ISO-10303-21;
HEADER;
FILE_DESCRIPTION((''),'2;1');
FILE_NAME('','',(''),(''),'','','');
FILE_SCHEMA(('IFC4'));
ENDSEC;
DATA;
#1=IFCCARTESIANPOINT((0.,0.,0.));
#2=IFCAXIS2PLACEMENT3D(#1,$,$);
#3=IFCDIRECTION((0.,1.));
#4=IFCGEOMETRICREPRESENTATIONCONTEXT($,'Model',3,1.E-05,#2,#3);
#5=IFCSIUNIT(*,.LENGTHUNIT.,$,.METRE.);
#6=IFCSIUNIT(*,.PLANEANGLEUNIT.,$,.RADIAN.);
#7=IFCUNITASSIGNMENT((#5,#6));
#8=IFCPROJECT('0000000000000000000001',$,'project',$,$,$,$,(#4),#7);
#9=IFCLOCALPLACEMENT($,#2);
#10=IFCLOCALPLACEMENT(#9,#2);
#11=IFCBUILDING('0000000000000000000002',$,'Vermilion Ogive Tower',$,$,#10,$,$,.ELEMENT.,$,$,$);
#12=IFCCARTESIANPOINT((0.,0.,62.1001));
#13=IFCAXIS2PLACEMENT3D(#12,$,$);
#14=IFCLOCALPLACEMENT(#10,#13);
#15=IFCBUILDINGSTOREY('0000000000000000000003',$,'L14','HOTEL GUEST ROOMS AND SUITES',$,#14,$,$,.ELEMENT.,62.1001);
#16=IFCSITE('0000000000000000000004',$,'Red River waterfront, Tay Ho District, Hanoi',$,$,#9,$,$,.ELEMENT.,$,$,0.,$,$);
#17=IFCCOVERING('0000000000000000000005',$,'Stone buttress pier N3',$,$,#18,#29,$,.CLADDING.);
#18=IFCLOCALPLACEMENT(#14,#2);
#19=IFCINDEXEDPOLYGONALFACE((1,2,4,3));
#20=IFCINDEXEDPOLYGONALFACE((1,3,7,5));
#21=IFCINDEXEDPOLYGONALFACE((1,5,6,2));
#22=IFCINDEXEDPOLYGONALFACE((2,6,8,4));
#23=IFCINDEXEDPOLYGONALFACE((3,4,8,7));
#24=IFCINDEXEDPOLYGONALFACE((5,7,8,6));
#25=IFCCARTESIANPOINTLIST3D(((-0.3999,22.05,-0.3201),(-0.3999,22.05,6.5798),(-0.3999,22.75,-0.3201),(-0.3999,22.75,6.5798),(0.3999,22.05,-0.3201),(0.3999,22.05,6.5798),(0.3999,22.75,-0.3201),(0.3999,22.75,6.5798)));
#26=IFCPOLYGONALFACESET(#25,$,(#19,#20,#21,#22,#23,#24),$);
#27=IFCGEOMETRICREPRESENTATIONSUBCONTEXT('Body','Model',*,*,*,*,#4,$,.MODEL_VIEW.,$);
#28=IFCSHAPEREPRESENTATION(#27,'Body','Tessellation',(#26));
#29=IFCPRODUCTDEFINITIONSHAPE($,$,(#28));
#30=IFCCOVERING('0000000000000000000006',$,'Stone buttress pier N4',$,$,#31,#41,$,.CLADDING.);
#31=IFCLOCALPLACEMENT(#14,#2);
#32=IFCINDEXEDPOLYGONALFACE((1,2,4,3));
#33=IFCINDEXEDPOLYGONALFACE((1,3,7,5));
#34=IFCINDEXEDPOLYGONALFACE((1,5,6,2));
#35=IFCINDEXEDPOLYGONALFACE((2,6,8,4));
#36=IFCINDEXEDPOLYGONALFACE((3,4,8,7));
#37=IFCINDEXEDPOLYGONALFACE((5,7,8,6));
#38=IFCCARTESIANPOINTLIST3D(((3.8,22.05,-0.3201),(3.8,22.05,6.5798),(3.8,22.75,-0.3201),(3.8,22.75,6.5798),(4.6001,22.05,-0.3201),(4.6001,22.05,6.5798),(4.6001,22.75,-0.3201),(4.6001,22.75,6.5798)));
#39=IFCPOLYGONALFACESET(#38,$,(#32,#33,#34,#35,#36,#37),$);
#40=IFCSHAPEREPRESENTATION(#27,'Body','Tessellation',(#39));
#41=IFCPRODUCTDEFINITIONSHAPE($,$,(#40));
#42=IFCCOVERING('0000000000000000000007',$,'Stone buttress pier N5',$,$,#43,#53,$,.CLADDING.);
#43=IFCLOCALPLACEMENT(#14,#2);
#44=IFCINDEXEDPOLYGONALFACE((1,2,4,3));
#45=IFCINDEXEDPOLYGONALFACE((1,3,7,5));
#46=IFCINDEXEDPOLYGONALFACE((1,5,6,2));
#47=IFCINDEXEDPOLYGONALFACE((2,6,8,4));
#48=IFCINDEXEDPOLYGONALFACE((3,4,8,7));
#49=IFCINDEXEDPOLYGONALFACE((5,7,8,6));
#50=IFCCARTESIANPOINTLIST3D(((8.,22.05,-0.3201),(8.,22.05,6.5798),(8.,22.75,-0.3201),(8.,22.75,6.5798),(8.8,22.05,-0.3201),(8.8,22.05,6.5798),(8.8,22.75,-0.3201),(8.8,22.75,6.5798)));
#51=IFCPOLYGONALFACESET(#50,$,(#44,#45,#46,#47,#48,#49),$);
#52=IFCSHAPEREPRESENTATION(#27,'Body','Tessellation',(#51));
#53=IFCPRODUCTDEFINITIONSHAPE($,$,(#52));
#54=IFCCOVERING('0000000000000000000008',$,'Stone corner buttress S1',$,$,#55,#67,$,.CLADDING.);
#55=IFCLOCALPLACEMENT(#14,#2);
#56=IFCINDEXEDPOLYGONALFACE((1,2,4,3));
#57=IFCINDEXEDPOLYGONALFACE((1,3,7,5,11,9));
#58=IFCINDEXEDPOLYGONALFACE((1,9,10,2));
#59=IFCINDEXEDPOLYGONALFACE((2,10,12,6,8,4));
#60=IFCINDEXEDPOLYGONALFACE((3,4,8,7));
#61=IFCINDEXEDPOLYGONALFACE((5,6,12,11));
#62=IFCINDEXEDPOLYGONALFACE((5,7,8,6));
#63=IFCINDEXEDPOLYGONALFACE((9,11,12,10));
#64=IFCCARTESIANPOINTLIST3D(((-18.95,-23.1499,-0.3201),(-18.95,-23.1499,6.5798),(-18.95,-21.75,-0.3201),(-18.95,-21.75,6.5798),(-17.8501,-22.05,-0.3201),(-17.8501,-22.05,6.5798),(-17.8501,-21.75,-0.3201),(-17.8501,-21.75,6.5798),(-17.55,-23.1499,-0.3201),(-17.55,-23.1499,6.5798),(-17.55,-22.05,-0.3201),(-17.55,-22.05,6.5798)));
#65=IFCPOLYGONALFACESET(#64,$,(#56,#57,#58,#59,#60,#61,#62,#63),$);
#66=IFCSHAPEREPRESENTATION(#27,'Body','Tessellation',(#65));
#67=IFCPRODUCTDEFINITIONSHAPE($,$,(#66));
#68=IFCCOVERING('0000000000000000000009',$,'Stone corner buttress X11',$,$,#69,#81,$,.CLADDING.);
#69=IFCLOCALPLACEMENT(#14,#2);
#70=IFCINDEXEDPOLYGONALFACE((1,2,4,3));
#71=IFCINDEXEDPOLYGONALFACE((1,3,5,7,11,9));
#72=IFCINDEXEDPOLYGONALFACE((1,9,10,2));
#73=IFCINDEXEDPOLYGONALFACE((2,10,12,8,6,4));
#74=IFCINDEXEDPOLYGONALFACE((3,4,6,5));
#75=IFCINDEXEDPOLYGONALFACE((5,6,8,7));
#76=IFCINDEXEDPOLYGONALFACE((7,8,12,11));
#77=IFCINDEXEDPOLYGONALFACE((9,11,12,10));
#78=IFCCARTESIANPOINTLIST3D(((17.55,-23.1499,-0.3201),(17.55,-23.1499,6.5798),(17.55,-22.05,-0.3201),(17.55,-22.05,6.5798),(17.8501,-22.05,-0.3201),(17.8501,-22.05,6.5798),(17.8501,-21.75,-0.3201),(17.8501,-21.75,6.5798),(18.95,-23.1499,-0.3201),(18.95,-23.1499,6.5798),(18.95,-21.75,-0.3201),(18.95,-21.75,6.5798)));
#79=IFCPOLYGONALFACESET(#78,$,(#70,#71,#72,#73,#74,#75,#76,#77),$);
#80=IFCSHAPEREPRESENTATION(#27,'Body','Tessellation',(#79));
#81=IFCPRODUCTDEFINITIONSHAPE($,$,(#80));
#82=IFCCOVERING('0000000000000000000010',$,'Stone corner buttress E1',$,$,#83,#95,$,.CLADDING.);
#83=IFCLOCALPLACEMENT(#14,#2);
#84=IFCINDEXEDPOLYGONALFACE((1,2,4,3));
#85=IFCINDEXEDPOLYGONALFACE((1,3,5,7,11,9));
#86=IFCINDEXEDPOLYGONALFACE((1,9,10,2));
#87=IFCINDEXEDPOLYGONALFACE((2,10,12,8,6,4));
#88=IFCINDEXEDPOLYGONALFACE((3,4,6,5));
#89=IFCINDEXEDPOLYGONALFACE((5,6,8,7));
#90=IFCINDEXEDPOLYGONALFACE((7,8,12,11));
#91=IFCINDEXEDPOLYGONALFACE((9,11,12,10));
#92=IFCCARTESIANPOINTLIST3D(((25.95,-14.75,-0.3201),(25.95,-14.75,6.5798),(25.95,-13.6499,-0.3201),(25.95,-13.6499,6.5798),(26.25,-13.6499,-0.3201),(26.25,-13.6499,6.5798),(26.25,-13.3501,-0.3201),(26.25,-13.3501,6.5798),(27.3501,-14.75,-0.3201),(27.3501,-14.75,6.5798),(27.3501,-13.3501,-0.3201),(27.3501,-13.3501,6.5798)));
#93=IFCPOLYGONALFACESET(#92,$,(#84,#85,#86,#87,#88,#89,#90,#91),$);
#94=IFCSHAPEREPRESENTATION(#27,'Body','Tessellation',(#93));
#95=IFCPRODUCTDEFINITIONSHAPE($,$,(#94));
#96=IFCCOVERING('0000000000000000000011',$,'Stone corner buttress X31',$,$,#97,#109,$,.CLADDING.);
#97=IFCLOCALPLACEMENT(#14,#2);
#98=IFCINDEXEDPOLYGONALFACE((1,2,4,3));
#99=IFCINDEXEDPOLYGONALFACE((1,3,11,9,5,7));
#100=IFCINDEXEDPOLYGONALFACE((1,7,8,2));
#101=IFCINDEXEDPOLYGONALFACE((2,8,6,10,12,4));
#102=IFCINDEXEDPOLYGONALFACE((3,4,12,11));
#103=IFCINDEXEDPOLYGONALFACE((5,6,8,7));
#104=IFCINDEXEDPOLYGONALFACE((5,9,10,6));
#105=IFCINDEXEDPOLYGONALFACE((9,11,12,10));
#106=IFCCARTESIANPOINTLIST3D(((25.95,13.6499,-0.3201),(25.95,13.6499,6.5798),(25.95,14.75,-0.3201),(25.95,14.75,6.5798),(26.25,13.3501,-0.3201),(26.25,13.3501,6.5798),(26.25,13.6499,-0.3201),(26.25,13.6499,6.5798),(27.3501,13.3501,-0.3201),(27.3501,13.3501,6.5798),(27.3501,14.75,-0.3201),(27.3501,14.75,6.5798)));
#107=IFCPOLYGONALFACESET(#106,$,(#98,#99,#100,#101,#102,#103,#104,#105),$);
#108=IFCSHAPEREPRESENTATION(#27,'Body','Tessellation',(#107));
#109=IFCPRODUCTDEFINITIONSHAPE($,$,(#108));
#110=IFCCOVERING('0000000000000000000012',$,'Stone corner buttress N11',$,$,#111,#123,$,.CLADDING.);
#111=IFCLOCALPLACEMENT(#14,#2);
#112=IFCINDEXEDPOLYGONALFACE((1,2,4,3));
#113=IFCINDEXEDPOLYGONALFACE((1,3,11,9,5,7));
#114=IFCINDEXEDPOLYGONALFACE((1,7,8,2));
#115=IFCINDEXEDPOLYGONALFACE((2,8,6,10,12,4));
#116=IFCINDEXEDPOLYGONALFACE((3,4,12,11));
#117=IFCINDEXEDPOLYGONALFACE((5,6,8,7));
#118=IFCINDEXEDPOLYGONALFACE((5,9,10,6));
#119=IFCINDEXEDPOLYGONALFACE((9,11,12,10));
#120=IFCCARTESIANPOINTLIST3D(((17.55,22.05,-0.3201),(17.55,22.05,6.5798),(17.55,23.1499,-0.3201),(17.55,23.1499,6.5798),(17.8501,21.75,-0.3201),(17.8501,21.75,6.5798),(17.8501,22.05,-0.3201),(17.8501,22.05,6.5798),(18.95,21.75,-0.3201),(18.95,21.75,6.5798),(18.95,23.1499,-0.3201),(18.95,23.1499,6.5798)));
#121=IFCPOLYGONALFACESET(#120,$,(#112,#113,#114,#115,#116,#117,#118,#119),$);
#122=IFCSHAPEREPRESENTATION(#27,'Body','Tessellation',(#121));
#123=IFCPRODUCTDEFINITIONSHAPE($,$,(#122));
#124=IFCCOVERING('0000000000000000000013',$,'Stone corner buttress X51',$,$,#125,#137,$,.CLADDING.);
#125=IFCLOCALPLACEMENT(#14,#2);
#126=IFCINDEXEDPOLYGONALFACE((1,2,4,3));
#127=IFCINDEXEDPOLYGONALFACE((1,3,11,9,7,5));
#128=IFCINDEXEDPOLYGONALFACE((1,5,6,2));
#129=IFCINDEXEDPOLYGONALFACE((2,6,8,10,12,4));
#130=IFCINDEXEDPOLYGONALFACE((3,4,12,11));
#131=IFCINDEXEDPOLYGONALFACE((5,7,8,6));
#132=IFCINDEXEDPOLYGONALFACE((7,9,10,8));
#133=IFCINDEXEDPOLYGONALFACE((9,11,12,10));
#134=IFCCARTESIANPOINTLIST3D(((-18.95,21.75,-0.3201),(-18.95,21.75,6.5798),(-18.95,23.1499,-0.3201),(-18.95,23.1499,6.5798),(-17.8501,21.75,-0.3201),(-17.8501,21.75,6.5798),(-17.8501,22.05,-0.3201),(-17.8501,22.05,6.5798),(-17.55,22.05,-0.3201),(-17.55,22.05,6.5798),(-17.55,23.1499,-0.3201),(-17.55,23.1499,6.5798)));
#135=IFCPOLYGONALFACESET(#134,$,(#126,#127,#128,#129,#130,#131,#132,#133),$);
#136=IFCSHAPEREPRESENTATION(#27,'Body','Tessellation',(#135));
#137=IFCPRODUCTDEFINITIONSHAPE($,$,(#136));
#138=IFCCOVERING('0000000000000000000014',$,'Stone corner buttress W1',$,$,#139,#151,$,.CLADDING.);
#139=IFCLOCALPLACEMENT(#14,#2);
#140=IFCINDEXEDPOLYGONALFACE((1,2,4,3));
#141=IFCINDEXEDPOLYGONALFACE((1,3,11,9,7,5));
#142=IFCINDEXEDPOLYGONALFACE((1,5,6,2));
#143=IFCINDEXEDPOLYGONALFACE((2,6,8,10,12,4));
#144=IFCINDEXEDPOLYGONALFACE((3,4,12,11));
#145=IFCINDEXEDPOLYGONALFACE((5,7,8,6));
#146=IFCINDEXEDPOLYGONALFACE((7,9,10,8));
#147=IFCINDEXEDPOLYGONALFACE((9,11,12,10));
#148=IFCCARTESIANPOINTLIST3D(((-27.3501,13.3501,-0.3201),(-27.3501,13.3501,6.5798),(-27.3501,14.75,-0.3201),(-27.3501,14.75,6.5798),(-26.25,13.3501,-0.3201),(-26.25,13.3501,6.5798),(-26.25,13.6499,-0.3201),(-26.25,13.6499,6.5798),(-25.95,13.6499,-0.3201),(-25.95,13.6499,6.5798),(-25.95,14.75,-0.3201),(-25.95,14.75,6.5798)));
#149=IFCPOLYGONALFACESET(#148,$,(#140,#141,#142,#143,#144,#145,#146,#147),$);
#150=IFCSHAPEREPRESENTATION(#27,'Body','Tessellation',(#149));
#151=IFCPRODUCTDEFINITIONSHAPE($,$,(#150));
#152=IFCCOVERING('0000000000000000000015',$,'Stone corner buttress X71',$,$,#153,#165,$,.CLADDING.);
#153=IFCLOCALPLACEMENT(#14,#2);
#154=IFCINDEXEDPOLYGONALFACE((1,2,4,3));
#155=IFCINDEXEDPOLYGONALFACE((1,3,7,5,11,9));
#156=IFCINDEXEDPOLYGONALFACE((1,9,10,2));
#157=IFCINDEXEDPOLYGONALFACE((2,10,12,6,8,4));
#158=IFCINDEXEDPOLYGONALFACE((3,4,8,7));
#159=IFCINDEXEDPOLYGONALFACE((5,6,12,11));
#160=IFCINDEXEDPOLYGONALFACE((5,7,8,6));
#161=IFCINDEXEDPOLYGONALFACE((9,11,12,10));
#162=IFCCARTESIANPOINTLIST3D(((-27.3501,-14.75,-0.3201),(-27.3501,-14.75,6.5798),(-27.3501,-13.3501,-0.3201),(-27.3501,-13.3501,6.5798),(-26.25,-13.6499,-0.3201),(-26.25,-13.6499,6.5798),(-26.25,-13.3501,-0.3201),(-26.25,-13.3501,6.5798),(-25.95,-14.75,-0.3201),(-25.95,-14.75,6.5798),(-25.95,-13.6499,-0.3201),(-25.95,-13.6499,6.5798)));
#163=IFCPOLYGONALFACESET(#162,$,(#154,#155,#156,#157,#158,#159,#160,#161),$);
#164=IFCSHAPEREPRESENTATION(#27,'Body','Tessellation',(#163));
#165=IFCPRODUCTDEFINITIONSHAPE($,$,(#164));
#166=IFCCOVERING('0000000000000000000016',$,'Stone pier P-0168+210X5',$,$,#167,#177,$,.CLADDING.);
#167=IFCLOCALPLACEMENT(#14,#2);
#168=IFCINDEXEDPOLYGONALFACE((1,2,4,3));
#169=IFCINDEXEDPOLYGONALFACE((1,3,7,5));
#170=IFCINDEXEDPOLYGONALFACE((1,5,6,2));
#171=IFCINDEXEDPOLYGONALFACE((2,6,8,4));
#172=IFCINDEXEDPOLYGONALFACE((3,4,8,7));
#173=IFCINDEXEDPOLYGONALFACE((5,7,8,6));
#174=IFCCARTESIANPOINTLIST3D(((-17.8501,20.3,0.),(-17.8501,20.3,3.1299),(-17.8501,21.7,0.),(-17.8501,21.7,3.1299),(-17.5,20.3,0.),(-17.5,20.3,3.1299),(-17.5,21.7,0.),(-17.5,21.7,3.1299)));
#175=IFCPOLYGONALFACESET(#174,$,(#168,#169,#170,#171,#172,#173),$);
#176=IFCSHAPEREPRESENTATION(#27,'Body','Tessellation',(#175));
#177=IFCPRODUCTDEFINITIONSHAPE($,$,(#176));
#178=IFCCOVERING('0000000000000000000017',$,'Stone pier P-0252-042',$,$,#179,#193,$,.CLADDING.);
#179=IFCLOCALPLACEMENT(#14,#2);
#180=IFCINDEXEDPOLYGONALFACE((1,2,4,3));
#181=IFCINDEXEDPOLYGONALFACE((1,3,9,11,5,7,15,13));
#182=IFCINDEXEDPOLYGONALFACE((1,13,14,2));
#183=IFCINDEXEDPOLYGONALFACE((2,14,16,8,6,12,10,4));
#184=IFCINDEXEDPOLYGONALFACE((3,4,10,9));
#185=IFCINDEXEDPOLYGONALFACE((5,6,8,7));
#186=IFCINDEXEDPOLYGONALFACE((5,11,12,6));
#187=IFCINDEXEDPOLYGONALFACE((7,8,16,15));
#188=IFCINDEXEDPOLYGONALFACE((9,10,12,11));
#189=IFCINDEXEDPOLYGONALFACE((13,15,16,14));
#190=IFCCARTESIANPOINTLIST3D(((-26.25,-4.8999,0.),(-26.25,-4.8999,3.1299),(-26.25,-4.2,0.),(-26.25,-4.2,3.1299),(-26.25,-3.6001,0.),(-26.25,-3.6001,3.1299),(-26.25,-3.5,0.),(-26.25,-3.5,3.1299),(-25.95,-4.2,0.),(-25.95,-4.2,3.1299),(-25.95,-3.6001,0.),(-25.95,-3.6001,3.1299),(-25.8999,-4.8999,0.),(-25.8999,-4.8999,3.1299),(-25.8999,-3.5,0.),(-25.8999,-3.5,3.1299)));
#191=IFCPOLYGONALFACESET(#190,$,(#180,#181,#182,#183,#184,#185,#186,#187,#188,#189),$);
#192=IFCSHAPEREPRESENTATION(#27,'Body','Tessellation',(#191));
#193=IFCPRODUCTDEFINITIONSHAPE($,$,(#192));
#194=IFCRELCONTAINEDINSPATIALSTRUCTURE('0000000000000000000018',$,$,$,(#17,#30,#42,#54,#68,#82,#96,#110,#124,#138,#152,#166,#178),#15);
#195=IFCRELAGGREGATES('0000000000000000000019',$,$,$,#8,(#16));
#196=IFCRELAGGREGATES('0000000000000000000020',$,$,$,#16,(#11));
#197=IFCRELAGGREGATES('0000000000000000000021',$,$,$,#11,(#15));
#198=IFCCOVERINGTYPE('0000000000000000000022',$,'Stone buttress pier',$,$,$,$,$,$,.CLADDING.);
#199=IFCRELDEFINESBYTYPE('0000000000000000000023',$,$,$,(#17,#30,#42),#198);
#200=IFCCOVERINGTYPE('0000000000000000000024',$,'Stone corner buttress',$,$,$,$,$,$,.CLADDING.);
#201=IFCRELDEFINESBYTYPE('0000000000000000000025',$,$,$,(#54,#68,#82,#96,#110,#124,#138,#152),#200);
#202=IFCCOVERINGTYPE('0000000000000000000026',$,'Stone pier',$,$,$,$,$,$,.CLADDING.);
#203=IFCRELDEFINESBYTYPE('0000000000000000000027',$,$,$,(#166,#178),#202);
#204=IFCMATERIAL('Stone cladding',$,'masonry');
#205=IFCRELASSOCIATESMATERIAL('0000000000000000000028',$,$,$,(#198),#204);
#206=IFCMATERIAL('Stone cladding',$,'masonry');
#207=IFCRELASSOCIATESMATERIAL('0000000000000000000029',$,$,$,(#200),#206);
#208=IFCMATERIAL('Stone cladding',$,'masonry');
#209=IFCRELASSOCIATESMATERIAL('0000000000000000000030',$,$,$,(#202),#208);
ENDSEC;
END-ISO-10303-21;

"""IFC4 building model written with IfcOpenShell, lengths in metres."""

from ifc_helpers import new_model, si_unit, direction, frame, origin, place, context, subcontext, project, spatial, polyline, outline, extrude, material, type_object, element, save


model = new_model("IFC4")

# Units and contexts
model_context = context("Model", 3, precision=1e-05, world=origin(), true_north=direction((0.0, 1.0)))
body_context = subcontext(model_context, "Body", "Model", "MODEL_VIEW")
ifc_project = project(units=[si_unit("LENGTHUNIT", "METRE"), si_unit("PLANEANGLEUNIT", "RADIAN")], contexts=[model_context])

# Site, building, storey
site_placement = place(None, origin())
site = spatial("IfcSite", under=ifc_project, at=site_placement, Name="Red River waterfront, Tay Ho District, Hanoi", CompositionType="ELEMENT", RefElevation=0.0)
building_placement = place(site_placement, origin())
building = spatial("IfcBuilding", under=site, at=building_placement, Name="Vermilion Ogive Tower", CompositionType="ELEMENT")
storey_placement = place(building_placement, frame((0.0, 0.0, 62.1001)))
storey = spatial("IfcBuildingStorey", under=building, at=storey_placement, Name="L14", Description="HOTEL GUEST ROOMS AND SUITES", CompositionType="ELEMENT", Elevation=62.1001)

# Coverings
ifc_material_1 = material(Name="Stone cladding", Category="masonry")
covering_type_1 = type_object("IfcCoveringType", Name="Stone buttress pier", PredefinedType="CLADDING", material=ifc_material_1)
covering_1_placement = place(storey_placement, frame((0.0, 0.0, -0.3201)))
element("IfcCovering", 1, at=covering_1_placement, inside=storey, type_object=covering_type_1, Name="Stone buttress pier N3", PredefinedType="CLADDING", context=body_context, shape_type="SweptSolid", body=[
    extrude(outline(polyline([(0.3999, 22.75), (0.3999, 22.05), (-0.3999, 22.05), (-0.3999, 22.75), (0.3999, 22.75)])), origin(), (0.0, 0.0, 1.0), 6.8999),
])
covering_2_placement = place(storey_placement, frame((0.0, 0.0, -0.3201)))
element("IfcCovering", 2, at=covering_2_placement, inside=storey, type_object=covering_type_1, Name="Stone buttress pier N4", PredefinedType="CLADDING", context=body_context, shape_type="SweptSolid", body=[
    extrude(outline(polyline([(4.6001, 22.75), (4.6001, 22.05), (3.8, 22.05), (3.8, 22.75), (4.6001, 22.75)])), origin(), (0.0, 0.0, 1.0), 6.8999),
])
covering_3_placement = place(storey_placement, frame((0.0, 0.0, -0.3201)))
element("IfcCovering", 3, at=covering_3_placement, inside=storey, type_object=covering_type_1, Name="Stone buttress pier N5", PredefinedType="CLADDING", context=body_context, shape_type="SweptSolid", body=[
    extrude(outline(polyline([(8.8, 22.75), (8.8, 22.05), (8.0, 22.05), (8.0, 22.75), (8.8, 22.75)])), origin(), (0.0, 0.0, 1.0), 6.8999),
])
ifc_material_2 = material(Name="Stone cladding", Category="masonry")
covering_type_2 = type_object("IfcCoveringType", Name="Stone corner buttress", PredefinedType="CLADDING", material=ifc_material_2)
covering_4_placement = place(storey_placement, frame((0.0, 0.0, -0.3201)))
element("IfcCovering", 4, at=covering_4_placement, inside=storey, type_object=covering_type_2, Name="Stone corner buttress S1", PredefinedType="CLADDING", context=body_context, shape_type="SweptSolid", body=[
    extrude(outline(polyline([(-17.8501, -21.75), (-17.8501, -22.05), (-17.55, -22.05), (-17.55, -23.1499), (-18.95, -23.1499), (-18.95, -21.75), (-17.8501, -21.75)])), origin(), (0.0, 0.0, 1.0), 6.8999),
])
covering_5_placement = place(storey_placement, frame((0.0, 0.0, -0.3201)))
element("IfcCovering", 5, at=covering_5_placement, inside=storey, type_object=covering_type_2, Name="Stone corner buttress X11", PredefinedType="CLADDING", context=body_context, shape_type="SweptSolid", body=[
    extrude(outline(polyline([(17.55, -23.1499), (17.55, -22.05), (17.8501, -22.05), (17.8501, -21.75), (18.95, -21.75), (18.95, -23.1499), (17.55, -23.1499)])), origin(), (0.0, 0.0, 1.0), 6.8999),
])
covering_6_placement = place(storey_placement, frame((0.0, 0.0, -0.3201)))
element("IfcCovering", 6, at=covering_6_placement, inside=storey, type_object=covering_type_2, Name="Stone corner buttress E1", PredefinedType="CLADDING", context=body_context, shape_type="SweptSolid", body=[
    extrude(outline(polyline([(26.25, -13.6499), (26.25, -13.3501), (27.3501, -13.3501), (27.3501, -14.75), (25.95, -14.75), (25.95, -13.6499), (26.25, -13.6499)])), origin(), (0.0, 0.0, 1.0), 6.8999),
])
covering_7_placement = place(storey_placement, frame((0.0, 0.0, -0.3201)))
element("IfcCovering", 7, at=covering_7_placement, inside=storey, type_object=covering_type_2, Name="Stone corner buttress X31", PredefinedType="CLADDING", context=body_context, shape_type="SweptSolid", body=[
    extrude(outline(polyline([(26.25, 13.3501), (26.25, 13.6499), (25.95, 13.6499), (25.95, 14.75), (27.3501, 14.75), (27.3501, 13.3501), (26.25, 13.3501)])), origin(), (0.0, 0.0, 1.0), 6.8999),
])
covering_8_placement = place(storey_placement, frame((0.0, 0.0, -0.3201)))
element("IfcCovering", 8, at=covering_8_placement, inside=storey, type_object=covering_type_2, Name="Stone corner buttress N11", PredefinedType="CLADDING", context=body_context, shape_type="SweptSolid", body=[
    extrude(outline(polyline([(17.8501, 22.05), (17.55, 22.05), (17.55, 23.1499), (18.95, 23.1499), (18.95, 21.75), (17.8501, 21.75), (17.8501, 22.05)])), origin(), (0.0, 0.0, 1.0), 6.8999),
])
covering_9_placement = place(storey_placement, frame((0.0, 0.0, -0.3201)))
element("IfcCovering", 9, at=covering_9_placement, inside=storey, type_object=covering_type_2, Name="Stone corner buttress X51", PredefinedType="CLADDING", context=body_context, shape_type="SweptSolid", body=[
    extrude(outline(polyline([(-17.55, 23.1499), (-17.55, 22.05), (-17.8501, 22.05), (-17.8501, 21.75), (-18.95, 21.75), (-18.95, 23.1499), (-17.55, 23.1499)])), origin(), (0.0, 0.0, 1.0), 6.8999),
])
covering_10_placement = place(storey_placement, frame((0.0, 0.0, -0.3201)))
element("IfcCovering", 10, at=covering_10_placement, inside=storey, type_object=covering_type_2, Name="Stone corner buttress W1", PredefinedType="CLADDING", context=body_context, shape_type="SweptSolid", body=[
    extrude(outline(polyline([(-25.95, 13.6499), (-26.25, 13.6499), (-26.25, 13.3501), (-27.3501, 13.3501), (-27.3501, 14.75), (-25.95, 14.75), (-25.95, 13.6499)])), origin(), (0.0, 0.0, 1.0), 6.8999),
])
covering_11_placement = place(storey_placement, frame((0.0, 0.0, -0.3201)))
element("IfcCovering", 11, at=covering_11_placement, inside=storey, type_object=covering_type_2, Name="Stone corner buttress X71", PredefinedType="CLADDING", context=body_context, shape_type="SweptSolid", body=[
    extrude(outline(polyline([(-27.3501, -13.3501), (-26.25, -13.3501), (-26.25, -13.6499), (-25.95, -13.6499), (-25.95, -14.75), (-27.3501, -14.75), (-27.3501, -13.3501)])), origin(), (0.0, 0.0, 1.0), 6.8999),
])
ifc_material_3 = material(Name="Stone cladding", Category="masonry")
covering_type_3 = type_object("IfcCoveringType", Name="Stone pier", PredefinedType="CLADDING", material=ifc_material_3)
covering_12_placement = place(storey_placement, origin())
element("IfcCovering", 12, at=covering_12_placement, inside=storey, type_object=covering_type_3, Name="Stone pier P-0168+210X5", PredefinedType="CLADDING", context=body_context, shape_type="SweptSolid", body=[
    extrude(outline(polyline([(-17.8501, 21.7), (-17.5, 21.7), (-17.5, 21.7), (-17.5, 20.3), (-17.8501, 20.3), (-17.8501, 21.7)])), origin(), (0.0, 0.0, 1.0), 3.1299),
])
covering_13_placement = place(storey_placement, origin())
element("IfcCovering", 13, at=covering_13_placement, inside=storey, type_object=covering_type_3, Name="Stone pier P-0252-042", PredefinedType="CLADDING", context=body_context, shape_type="SweptSolid", body=[
    extrude(outline(polyline([(-26.25, -4.8999), (-26.25, -4.2), (-25.95, -4.2), (-25.95, -3.6001), (-26.25, -3.6001), (-26.25, -3.5), (-25.8999, -3.5), (-25.8999, -4.8999), (-26.25, -4.8999)])), origin(), (0.0, 0.0, 1.0), 3.1299),
])

save(model, "model.ifc")
